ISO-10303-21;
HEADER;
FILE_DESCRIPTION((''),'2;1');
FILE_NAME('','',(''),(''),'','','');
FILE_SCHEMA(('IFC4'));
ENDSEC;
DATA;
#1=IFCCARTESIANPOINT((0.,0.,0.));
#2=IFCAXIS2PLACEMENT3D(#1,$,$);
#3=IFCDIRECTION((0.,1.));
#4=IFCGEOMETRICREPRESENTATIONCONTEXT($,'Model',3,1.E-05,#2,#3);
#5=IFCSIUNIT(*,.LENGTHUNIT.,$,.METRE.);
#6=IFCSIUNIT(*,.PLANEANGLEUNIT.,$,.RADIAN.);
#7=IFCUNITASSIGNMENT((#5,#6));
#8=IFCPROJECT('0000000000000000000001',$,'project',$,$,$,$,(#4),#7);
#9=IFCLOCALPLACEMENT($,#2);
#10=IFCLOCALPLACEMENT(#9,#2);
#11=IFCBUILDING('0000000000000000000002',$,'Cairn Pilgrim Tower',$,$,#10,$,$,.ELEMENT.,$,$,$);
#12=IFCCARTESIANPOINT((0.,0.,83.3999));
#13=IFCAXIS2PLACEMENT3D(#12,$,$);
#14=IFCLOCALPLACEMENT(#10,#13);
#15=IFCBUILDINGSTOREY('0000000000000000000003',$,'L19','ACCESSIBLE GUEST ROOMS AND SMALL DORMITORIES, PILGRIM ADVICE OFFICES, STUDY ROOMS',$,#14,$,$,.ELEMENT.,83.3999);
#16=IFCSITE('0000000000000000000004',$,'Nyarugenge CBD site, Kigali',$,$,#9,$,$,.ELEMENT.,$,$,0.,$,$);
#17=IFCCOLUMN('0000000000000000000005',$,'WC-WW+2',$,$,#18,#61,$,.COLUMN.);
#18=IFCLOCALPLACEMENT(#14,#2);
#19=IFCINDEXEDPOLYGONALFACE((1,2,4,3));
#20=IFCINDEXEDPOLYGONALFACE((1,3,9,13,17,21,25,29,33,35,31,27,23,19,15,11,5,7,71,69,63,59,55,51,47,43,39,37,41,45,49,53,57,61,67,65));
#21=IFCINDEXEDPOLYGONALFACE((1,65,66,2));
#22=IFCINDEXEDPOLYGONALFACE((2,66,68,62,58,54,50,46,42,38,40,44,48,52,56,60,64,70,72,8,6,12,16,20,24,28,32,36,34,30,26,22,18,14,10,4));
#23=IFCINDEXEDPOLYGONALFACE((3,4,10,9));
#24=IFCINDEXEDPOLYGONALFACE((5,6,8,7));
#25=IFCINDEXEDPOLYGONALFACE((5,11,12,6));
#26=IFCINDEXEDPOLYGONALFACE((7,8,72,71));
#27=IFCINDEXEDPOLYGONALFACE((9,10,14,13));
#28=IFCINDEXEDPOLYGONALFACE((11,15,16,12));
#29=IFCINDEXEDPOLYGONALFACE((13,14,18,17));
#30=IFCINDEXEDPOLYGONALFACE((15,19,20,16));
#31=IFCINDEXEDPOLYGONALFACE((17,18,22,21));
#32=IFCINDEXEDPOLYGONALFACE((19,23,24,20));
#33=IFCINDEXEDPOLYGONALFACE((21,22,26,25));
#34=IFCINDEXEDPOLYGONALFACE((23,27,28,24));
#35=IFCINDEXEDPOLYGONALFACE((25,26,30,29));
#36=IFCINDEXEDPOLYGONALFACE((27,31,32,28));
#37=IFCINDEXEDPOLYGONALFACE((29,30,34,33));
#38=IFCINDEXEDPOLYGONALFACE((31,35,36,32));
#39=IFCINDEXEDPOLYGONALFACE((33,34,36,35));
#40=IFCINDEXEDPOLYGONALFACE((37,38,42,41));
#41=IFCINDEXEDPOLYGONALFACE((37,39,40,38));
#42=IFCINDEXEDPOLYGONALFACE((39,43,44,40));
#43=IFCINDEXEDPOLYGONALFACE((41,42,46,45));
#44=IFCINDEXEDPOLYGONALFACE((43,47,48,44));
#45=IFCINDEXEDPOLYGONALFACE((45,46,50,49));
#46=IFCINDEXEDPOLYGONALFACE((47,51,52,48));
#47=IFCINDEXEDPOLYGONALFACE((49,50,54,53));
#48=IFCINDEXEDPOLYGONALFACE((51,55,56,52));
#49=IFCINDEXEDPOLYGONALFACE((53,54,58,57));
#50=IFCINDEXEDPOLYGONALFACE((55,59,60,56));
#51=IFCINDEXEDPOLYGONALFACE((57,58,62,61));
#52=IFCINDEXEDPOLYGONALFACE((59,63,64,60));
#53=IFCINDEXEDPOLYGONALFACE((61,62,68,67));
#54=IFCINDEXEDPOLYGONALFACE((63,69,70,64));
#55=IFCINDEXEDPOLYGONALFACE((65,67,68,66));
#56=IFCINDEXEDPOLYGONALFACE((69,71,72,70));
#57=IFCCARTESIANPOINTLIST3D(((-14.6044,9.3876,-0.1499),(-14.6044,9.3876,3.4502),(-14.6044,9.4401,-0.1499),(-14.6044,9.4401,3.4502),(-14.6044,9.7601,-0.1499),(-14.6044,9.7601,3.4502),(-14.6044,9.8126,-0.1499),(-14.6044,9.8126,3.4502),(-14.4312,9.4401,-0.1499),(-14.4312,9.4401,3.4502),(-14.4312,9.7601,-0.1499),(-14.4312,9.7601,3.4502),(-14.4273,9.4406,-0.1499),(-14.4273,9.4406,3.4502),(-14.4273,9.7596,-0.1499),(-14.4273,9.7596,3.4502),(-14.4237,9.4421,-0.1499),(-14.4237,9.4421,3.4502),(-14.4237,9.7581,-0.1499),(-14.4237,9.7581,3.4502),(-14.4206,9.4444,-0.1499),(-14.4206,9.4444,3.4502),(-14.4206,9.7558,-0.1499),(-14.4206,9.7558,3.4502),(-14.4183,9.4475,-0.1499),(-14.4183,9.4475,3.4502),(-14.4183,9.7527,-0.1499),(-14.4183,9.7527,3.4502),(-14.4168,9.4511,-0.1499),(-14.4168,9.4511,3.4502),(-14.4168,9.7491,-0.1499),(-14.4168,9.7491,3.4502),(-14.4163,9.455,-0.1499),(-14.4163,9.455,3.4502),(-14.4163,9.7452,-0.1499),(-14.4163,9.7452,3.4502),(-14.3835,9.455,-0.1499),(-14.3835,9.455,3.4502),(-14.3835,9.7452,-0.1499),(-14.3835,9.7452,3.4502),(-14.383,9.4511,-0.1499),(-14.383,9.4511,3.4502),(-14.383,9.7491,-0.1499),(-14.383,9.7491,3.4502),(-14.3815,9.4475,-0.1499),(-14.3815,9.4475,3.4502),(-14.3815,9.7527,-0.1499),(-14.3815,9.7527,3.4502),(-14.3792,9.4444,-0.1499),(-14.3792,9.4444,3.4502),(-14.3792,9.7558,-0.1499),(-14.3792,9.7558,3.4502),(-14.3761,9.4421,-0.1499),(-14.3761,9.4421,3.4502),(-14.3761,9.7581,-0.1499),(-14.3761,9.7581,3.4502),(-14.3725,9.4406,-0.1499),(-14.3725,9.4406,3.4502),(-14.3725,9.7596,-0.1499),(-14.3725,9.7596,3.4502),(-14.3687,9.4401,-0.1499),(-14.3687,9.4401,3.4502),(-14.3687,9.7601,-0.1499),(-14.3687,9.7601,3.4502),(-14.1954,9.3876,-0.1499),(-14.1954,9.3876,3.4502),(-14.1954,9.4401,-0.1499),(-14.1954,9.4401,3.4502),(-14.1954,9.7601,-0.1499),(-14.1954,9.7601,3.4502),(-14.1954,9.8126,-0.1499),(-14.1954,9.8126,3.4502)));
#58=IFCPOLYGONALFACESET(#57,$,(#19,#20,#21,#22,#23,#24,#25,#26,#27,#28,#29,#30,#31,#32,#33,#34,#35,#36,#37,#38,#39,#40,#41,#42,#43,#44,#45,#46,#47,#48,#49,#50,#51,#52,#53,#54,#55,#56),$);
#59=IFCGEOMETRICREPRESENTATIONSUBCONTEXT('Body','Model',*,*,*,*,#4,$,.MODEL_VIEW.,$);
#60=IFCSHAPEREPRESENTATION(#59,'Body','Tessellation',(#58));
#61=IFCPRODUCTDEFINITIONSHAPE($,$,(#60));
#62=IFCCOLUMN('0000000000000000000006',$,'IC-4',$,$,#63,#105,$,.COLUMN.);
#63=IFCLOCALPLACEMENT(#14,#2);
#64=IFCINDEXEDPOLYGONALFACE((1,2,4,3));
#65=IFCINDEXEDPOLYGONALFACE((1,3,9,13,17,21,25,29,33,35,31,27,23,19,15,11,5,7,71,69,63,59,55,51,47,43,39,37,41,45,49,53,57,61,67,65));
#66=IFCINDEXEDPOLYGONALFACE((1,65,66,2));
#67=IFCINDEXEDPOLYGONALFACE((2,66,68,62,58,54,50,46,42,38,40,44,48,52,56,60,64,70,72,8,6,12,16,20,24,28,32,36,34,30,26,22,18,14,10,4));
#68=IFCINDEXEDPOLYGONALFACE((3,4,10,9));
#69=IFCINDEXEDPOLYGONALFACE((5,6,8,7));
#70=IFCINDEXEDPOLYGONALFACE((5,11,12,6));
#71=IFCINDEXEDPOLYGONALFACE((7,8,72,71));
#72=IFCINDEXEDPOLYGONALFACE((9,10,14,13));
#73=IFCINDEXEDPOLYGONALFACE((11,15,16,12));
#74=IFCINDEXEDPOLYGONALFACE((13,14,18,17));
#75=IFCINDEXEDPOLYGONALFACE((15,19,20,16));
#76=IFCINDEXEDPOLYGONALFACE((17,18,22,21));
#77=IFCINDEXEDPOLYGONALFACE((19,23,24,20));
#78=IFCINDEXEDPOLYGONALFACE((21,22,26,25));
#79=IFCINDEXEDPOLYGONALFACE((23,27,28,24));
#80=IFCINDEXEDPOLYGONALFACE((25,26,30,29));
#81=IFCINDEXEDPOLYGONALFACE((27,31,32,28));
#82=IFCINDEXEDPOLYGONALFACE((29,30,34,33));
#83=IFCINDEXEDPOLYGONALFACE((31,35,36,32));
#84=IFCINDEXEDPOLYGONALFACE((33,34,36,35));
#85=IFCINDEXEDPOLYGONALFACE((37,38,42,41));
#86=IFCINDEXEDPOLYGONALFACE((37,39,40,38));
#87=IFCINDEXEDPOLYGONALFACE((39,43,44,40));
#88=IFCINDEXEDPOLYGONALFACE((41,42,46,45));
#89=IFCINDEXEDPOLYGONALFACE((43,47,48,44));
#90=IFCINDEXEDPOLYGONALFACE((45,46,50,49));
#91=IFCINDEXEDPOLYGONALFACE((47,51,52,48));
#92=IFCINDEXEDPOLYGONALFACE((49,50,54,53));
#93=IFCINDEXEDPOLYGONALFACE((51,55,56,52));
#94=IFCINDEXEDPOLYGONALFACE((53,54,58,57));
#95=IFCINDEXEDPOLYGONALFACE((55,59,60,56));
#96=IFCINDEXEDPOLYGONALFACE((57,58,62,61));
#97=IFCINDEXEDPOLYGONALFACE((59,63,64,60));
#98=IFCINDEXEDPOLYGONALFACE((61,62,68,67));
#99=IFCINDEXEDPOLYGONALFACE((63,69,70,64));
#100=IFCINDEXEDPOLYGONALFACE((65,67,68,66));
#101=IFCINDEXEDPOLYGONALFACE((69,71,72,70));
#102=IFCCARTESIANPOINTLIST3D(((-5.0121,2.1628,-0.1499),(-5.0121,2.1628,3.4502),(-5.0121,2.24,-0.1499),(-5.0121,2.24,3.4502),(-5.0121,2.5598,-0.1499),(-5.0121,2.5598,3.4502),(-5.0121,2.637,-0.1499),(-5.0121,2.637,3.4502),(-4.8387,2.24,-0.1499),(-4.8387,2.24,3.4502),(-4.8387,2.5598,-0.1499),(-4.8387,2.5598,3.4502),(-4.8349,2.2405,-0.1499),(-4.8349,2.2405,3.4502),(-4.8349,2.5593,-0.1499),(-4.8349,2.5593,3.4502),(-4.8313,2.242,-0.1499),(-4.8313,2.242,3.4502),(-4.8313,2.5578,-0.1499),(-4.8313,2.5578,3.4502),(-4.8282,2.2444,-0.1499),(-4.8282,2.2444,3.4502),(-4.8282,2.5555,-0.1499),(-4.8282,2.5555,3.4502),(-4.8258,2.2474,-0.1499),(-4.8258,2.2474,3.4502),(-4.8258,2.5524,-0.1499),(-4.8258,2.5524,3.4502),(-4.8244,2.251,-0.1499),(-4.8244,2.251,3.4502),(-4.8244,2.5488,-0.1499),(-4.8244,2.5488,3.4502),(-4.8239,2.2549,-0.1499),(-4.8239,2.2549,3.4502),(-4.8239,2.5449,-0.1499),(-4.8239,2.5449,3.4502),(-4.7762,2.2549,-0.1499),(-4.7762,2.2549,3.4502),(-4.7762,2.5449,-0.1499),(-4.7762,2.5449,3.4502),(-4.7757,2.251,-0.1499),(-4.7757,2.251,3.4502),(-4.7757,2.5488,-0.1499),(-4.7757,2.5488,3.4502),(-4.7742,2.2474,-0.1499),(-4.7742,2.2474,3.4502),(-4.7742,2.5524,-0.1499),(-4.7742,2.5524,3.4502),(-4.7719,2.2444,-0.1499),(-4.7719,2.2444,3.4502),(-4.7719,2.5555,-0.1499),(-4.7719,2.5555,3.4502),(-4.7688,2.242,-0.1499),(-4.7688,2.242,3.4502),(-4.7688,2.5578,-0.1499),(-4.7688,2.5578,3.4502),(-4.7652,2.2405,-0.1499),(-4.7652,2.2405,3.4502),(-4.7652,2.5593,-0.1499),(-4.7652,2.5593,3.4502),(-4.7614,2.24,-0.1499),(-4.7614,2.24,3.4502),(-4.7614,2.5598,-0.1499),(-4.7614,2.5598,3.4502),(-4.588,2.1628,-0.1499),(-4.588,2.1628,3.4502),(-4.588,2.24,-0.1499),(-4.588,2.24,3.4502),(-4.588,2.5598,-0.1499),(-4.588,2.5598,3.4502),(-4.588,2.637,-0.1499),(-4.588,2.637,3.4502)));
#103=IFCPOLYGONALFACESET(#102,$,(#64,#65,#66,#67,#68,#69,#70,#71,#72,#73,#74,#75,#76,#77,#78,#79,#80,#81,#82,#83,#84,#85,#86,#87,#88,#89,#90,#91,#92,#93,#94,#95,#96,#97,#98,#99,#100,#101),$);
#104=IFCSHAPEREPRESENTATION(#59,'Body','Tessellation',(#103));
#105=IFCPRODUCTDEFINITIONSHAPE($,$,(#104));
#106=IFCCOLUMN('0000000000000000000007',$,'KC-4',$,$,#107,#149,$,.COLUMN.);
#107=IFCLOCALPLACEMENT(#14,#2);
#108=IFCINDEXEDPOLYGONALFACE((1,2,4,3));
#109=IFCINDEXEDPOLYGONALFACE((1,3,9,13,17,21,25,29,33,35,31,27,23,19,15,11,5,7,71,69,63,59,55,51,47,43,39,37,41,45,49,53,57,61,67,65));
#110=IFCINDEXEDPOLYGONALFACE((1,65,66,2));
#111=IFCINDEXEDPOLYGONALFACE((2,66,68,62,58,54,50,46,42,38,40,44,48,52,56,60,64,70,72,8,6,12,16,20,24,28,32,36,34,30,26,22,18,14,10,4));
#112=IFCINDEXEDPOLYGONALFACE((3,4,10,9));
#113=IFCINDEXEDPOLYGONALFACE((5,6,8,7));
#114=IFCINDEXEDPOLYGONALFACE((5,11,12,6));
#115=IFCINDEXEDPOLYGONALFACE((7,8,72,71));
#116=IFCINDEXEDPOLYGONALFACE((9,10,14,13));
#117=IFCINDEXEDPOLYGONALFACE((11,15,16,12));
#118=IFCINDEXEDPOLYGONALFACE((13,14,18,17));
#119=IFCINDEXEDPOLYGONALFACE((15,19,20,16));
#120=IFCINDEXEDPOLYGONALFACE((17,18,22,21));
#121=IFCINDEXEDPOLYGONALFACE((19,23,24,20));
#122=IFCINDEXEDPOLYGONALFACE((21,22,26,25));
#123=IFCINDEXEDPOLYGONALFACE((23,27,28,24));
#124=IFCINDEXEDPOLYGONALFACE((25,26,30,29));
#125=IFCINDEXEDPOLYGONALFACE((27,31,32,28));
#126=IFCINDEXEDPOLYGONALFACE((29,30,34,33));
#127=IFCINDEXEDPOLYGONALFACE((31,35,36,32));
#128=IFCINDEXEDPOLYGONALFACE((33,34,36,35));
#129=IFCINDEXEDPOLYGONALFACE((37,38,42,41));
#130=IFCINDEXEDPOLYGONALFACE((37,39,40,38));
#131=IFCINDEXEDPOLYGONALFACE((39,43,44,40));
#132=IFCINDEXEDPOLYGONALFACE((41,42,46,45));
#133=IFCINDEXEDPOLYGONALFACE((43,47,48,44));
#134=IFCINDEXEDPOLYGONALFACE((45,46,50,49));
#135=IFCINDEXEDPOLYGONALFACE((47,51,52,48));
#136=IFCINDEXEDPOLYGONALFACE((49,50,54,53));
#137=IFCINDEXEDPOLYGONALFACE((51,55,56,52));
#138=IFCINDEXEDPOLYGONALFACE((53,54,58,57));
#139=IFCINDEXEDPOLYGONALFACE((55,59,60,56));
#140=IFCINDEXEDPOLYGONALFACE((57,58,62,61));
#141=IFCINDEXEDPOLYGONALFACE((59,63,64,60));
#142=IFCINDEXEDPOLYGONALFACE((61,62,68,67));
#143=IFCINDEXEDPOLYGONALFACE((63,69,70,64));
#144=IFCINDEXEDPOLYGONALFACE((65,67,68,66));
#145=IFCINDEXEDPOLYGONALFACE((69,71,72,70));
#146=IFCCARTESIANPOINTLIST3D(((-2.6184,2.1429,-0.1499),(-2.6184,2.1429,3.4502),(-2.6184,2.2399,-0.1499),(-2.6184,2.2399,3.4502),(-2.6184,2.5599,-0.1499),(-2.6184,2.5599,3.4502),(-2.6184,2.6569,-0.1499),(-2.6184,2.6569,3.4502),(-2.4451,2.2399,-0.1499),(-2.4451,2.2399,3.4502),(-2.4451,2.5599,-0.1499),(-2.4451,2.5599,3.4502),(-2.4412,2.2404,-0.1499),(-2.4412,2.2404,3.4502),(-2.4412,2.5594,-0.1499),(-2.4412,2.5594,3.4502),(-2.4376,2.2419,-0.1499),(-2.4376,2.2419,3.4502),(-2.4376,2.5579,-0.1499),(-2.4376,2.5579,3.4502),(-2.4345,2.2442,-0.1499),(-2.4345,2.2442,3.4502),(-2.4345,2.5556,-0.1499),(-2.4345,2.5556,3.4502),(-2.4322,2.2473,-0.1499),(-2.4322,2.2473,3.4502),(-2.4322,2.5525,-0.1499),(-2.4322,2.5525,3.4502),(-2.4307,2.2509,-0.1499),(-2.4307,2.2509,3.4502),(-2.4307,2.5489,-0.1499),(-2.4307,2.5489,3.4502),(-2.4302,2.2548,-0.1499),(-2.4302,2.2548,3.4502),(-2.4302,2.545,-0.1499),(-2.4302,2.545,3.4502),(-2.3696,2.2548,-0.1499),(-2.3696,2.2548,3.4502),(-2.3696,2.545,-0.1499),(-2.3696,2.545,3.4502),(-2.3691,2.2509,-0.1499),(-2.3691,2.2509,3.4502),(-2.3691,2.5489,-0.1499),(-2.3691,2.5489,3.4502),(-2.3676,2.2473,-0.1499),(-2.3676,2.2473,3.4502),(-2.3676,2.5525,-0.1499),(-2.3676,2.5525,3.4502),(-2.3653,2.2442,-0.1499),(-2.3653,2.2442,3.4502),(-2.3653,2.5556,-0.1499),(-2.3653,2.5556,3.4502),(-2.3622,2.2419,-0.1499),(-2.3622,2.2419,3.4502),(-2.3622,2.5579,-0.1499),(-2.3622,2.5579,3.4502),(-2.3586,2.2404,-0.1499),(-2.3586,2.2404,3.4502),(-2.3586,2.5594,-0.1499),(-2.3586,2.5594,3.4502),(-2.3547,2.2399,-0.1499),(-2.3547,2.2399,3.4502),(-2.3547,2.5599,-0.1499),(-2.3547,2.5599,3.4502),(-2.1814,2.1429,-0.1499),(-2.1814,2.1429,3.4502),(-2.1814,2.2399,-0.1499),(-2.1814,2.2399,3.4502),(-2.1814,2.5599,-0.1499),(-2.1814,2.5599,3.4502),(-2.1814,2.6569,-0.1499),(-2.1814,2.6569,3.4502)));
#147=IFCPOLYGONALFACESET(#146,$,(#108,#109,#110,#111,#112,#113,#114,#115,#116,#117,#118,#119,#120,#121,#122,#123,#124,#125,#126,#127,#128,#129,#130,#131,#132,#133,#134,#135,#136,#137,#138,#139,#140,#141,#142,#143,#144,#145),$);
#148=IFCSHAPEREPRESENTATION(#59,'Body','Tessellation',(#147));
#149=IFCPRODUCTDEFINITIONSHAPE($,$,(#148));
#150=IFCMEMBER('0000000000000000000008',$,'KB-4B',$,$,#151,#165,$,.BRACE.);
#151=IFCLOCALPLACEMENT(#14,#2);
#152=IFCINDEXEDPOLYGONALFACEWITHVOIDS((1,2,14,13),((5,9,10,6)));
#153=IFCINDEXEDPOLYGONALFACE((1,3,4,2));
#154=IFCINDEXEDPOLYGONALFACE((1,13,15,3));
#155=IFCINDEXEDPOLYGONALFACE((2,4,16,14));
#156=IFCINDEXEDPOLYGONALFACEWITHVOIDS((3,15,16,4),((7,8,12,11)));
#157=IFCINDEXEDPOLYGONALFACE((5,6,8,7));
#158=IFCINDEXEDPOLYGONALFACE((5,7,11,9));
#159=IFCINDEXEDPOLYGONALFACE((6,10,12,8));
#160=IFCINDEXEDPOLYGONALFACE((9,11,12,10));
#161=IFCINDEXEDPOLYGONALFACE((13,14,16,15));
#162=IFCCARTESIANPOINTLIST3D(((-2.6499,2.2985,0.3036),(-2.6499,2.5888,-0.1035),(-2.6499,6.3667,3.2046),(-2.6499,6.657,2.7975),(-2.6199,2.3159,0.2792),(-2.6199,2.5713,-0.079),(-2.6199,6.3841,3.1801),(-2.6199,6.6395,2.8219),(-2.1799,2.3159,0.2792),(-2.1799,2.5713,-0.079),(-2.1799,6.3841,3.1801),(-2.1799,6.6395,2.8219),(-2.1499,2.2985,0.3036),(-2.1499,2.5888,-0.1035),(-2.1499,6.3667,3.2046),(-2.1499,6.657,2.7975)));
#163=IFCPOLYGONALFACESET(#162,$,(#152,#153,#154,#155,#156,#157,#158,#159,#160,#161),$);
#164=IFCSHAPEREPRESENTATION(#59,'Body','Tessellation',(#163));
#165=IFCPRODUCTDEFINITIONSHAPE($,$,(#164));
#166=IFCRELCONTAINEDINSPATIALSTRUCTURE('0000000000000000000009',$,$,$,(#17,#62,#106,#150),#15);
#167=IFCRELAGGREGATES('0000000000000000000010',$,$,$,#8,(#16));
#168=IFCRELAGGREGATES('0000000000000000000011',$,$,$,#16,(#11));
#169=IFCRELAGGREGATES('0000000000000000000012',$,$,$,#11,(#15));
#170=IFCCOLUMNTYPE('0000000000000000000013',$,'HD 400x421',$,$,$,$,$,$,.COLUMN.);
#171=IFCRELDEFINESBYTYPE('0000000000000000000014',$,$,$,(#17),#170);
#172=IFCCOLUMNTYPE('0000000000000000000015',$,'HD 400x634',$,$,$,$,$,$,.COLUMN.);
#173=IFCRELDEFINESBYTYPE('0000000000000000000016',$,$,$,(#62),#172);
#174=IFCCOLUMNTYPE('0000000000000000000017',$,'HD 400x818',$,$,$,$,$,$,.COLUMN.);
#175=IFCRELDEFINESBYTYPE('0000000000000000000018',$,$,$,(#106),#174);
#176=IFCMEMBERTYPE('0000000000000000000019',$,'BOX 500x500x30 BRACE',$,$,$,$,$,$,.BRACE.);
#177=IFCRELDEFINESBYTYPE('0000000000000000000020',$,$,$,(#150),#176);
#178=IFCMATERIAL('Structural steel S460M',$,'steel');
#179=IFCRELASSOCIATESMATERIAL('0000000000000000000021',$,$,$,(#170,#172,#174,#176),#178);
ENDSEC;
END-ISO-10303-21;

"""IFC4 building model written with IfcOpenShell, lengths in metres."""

from ifc_helpers import new_model, si_unit, direction, frame, origin, origin_2d, place, context, subcontext, project, spatial, hollow_rectangle, i_section, extrude, material, material_profile, profile_set, type_object, element, save


model = new_model("IFC4")

# Units and contexts
model_context = context("Model", 3, precision=1e-05, world=origin(), true_north=direction((0.0, 1.0)))
body_context = subcontext(model_context, "Body", "Model", "MODEL_VIEW")
ifc_project = project(units=[si_unit("LENGTHUNIT", "METRE"), si_unit("PLANEANGLEUNIT", "RADIAN")], contexts=[model_context])

# Site, building, storey
site_placement = place(None, origin())
site = spatial("IfcSite", under=ifc_project, at=site_placement, Name="Nyarugenge CBD site, Kigali", CompositionType="ELEMENT", RefElevation=0.0)
building_placement = place(site_placement, origin())
building = spatial("IfcBuilding", under=site, at=building_placement, Name="Cairn Pilgrim Tower", CompositionType="ELEMENT")
storey_placement = place(building_placement, frame((0.0, 0.0, 83.3999)))
storey = spatial("IfcBuildingStorey", under=building, at=storey_placement, Name="L19", Description="ACCESSIBLE GUEST ROOMS AND SMALL DORMITORIES, PILGRIM ADVICE OFFICES, STUDY ROOMS", CompositionType="ELEMENT", Elevation=83.3999)

# Columns
ifc_material_1 = material(Name="Structural steel S460M", Category="steel")
ifc_material_profile_1 = material_profile(ifc_material_1, i_section(OverallWidth=0.4089, OverallDepth=0.425, WebThickness=0.0327, FlangeThickness=0.0525, FilletRadius=0.0149, at=origin_2d()), Name="HD 400x421")
ifc_profile_set_1 = profile_set([ifc_material_profile_1], Name="Structural steel S460M")
column_type_1 = type_object("IfcColumnType", Name="HD 400x421", PredefinedType="COLUMN", material=ifc_profile_set_1)
column_1_placement = place(storey_placement, frame((-14.3999, 9.6001, -0.1499), z_axis=(0.0, 0.0, 1.0), x_axis=(1.0, 0.0, 0.0)))
element("IfcColumn", 1, at=column_1_placement, inside=storey, type_object=column_type_1, Name="WC-WW+2", PredefinedType="COLUMN", context=body_context, shape_type="SweptSolid", body=[
    extrude(i_section(OverallWidth=0.4089, OverallDepth=0.425, WebThickness=0.0327, FlangeThickness=0.0525, FilletRadius=0.0149, at=origin_2d()), origin(), (0.0, 0.0, 1.0), 3.6001),
])
ifc_material_profile_2 = material_profile(ifc_material_1, i_section(OverallWidth=0.4241, OverallDepth=0.4741, WebThickness=0.0476, FlangeThickness=0.0771, FilletRadius=0.0149, at=origin_2d()), Name="HD 400x634")
ifc_profile_set_2 = profile_set([ifc_material_profile_2], Name="Structural steel S460M")
column_type_2 = type_object("IfcColumnType", Name="HD 400x634", PredefinedType="COLUMN", material=ifc_profile_set_2)
column_2_placement = place(storey_placement, frame((-4.8, 2.3999, -0.1499), z_axis=(0.0, 0.0, 1.0), x_axis=(1.0, 0.0, 0.0)))
element("IfcColumn", 2, at=column_2_placement, inside=storey, type_object=column_type_2, Name="IC-4", PredefinedType="COLUMN", context=body_context, shape_type="SweptSolid", body=[
    extrude(i_section(OverallWidth=0.4241, OverallDepth=0.4741, WebThickness=0.0476, FlangeThickness=0.0771, FilletRadius=0.0149, at=origin_2d()), origin(), (0.0, 0.0, 1.0), 3.6001),
])
ifc_material_profile_3 = material_profile(ifc_material_1, i_section(OverallWidth=0.437, OverallDepth=0.5139, WebThickness=0.0605, FlangeThickness=0.0969, FilletRadius=0.0149, at=origin_2d()), Name="HD 400x818")
ifc_profile_set_3 = profile_set([ifc_material_profile_3], Name="Structural steel S460M")
column_type_3 = type_object("IfcColumnType", Name="HD 400x818", PredefinedType="COLUMN", material=ifc_profile_set_3)
column_3_placement = place(storey_placement, frame((-2.3999, 2.3999, -0.1499), z_axis=(0.0, 0.0, 1.0), x_axis=(1.0, 0.0, 0.0)))
element("IfcColumn", 3, at=column_3_placement, inside=storey, type_object=column_type_3, Name="KC-4", PredefinedType="COLUMN", context=body_context, shape_type="SweptSolid", body=[
    extrude(i_section(OverallWidth=0.437, OverallDepth=0.5139, WebThickness=0.0605, FlangeThickness=0.0969, FilletRadius=0.0149, at=origin_2d()), origin(), (0.0, 0.0, 1.0), 3.6001),
])

# Member
ifc_material_profile_4 = material_profile(ifc_material_1, hollow_rectangle(XDim=0.5, YDim=0.5, WallThickness=0.03, at=origin_2d()), Name="BOX 500x500x30")
ifc_profile_set_4 = profile_set([ifc_material_profile_4], Name="Structural steel S460M")
member_type = type_object("IfcMemberType", Name="BOX 500x500x30 BRACE", PredefinedType="BRACE", material=ifc_profile_set_4)
member_placement = place(storey_placement, frame((-2.3999, 2.4436, 0.1001), z_axis=(0.0, 0.814199, 0.580586), x_axis=(-1.0, 0.0, 0.0)))
element("IfcMember", 4, at=member_placement, inside=storey, type_object=member_type, Name="KB-4B", PredefinedType="BRACE", context=body_context, shape_type="SweptSolid", body=[
    extrude(hollow_rectangle(XDim=0.5, YDim=0.5, WallThickness=0.03, at=origin_2d()), origin(), (0.0, 0.0, 1.0), 4.9966),
])

save(model, "model.ifc")
